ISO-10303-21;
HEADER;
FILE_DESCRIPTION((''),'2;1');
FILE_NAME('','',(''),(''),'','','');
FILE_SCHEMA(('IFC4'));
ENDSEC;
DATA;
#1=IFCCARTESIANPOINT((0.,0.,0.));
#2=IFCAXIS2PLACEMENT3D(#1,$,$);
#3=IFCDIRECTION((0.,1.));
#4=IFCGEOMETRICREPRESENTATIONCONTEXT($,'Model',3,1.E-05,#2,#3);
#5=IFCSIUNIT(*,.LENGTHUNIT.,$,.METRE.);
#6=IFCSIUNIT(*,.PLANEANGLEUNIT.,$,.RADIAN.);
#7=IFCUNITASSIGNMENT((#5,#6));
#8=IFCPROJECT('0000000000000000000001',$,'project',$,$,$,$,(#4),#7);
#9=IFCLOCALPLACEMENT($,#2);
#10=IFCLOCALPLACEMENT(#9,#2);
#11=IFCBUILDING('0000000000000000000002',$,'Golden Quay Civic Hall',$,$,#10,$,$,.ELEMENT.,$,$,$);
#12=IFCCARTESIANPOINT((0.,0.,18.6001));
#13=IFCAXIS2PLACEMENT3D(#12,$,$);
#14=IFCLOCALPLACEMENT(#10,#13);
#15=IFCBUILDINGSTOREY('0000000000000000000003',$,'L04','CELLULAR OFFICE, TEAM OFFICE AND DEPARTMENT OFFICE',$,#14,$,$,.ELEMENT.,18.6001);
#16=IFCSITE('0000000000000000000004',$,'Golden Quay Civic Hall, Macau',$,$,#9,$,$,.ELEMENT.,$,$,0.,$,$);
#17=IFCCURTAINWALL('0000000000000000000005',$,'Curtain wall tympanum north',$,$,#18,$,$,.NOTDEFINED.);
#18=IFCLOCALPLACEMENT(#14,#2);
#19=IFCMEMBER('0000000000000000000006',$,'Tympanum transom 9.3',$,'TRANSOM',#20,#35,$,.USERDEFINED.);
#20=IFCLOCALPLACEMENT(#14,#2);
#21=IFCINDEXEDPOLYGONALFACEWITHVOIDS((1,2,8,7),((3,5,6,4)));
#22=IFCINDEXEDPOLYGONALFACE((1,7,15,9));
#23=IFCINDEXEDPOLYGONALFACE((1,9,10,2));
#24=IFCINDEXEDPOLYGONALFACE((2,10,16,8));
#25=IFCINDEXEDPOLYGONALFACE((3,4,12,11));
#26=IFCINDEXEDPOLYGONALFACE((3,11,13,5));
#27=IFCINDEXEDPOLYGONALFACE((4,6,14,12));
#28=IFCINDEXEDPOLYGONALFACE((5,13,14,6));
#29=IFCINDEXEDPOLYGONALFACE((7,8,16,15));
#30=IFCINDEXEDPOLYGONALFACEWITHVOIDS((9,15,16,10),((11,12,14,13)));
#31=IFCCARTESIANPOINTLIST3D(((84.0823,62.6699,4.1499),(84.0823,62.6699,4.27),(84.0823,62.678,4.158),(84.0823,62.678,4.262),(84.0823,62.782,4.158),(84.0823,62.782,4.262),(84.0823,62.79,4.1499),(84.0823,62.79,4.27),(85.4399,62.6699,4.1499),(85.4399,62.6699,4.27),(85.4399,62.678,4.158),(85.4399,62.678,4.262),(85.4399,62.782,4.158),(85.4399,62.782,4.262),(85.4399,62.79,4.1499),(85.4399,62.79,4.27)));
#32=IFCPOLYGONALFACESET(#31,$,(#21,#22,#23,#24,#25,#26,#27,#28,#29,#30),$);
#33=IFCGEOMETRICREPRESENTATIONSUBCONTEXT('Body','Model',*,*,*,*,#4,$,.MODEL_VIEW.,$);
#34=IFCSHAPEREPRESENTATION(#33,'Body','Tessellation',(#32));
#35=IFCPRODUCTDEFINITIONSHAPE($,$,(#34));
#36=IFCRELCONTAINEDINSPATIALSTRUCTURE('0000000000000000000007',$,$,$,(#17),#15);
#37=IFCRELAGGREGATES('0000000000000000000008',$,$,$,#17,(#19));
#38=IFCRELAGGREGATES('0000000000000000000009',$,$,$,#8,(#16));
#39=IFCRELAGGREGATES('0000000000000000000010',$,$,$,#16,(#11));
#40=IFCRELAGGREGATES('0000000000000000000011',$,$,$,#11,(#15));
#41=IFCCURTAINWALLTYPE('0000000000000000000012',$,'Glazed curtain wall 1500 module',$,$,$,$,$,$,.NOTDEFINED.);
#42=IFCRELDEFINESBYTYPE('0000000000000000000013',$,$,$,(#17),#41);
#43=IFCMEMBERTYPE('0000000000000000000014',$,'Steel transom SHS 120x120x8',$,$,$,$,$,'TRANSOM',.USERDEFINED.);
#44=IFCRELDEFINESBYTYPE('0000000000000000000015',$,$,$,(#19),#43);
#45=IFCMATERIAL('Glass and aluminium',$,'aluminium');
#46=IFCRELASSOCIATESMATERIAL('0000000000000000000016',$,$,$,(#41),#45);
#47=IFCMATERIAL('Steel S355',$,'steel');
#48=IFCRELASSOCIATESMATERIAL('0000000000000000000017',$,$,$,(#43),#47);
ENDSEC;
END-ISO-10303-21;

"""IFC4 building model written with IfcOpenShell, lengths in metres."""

from ifc_helpers import new_model, si_unit, direction, frame, origin, origin_2d, place, context, subcontext, project, spatial, hollow_rectangle, extrude, material, material_profile, profile_set, type_object, element, aggregate, save


model = new_model("IFC4")

# Units and contexts
model_context = context("Model", 3, precision=1e-05, world=origin(), true_north=direction((0.0, 1.0)))
body_context = subcontext(model_context, "Body", "Model", "MODEL_VIEW")
ifc_project = project(units=[si_unit("LENGTHUNIT", "METRE"), si_unit("PLANEANGLEUNIT", "RADIAN")], contexts=[model_context])

# Site, building, storey
site_placement = place(None, origin())
site = spatial("IfcSite", under=ifc_project, at=site_placement, Name="Golden Quay Civic Hall, Macau", CompositionType="ELEMENT", RefElevation=0.0)
building_placement = place(site_placement, origin())
building = spatial("IfcBuilding", under=site, at=building_placement, Name="Golden Quay Civic Hall", CompositionType="ELEMENT")
storey_placement = place(building_placement, frame((0.0, 0.0, 18.6001)))
storey = spatial("IfcBuildingStorey", under=building, at=storey_placement, Name="L04", Description="CELLULAR OFFICE, TEAM OFFICE AND DEPARTMENT OFFICE", CompositionType="ELEMENT", Elevation=18.6001)

# Curtain wall, member
ifc_material_1 = material(Name="Glass and aluminium", Category="aluminium")
curtain_wall_type = type_object("IfcCurtainWallType", Name="Glazed curtain wall 1500 module", PredefinedType="NOTDEFINED", material=ifc_material_1)
curtain_wall_placement = place(storey_placement, origin())
curtain_wall = element("IfcCurtainWall", 1, at=curtain_wall_placement, inside=storey, type_object=curtain_wall_type, Name="Curtain wall tympanum north", PredefinedType="NOTDEFINED")
ifc_material_2 = material(Name="Steel S355", Category="steel")
ifc_material_profile_1 = material_profile(ifc_material_2, hollow_rectangle(XDim=0.1201, YDim=0.1201, WallThickness=0.0081, at=origin_2d()), Name="SHS 120x120x8")
ifc_profile_set_1 = profile_set([ifc_material_profile_1], Name="Steel S355")
member_type_1 = type_object("IfcMemberType", Name="Steel transom SHS 120x120x8", ElementType="TRANSOM", PredefinedType="USERDEFINED", material=ifc_profile_set_1)
member_1_placement = place(storey_placement, frame((84.0823, 62.73, 4.21), z_axis=(1.0, 0.0, 0.0), x_axis=(0.0, 1.0, 0.0)))
member_1 = element("IfcMember", 2, at=member_1_placement, type_object=member_type_1, Name="Tympanum transom 9.3", ObjectType="TRANSOM", PredefinedType="USERDEFINED", context=body_context, shape_type="SweptSolid", body=[
    extrude(hollow_rectangle(XDim=0.1201, YDim=0.1201, WallThickness=0.0081, at=origin_2d()), origin(), (0.0, 0.0, 1.0), 1.3577),
])
aggregate(curtain_wall, [member_1])

save(model, "model.ifc")
